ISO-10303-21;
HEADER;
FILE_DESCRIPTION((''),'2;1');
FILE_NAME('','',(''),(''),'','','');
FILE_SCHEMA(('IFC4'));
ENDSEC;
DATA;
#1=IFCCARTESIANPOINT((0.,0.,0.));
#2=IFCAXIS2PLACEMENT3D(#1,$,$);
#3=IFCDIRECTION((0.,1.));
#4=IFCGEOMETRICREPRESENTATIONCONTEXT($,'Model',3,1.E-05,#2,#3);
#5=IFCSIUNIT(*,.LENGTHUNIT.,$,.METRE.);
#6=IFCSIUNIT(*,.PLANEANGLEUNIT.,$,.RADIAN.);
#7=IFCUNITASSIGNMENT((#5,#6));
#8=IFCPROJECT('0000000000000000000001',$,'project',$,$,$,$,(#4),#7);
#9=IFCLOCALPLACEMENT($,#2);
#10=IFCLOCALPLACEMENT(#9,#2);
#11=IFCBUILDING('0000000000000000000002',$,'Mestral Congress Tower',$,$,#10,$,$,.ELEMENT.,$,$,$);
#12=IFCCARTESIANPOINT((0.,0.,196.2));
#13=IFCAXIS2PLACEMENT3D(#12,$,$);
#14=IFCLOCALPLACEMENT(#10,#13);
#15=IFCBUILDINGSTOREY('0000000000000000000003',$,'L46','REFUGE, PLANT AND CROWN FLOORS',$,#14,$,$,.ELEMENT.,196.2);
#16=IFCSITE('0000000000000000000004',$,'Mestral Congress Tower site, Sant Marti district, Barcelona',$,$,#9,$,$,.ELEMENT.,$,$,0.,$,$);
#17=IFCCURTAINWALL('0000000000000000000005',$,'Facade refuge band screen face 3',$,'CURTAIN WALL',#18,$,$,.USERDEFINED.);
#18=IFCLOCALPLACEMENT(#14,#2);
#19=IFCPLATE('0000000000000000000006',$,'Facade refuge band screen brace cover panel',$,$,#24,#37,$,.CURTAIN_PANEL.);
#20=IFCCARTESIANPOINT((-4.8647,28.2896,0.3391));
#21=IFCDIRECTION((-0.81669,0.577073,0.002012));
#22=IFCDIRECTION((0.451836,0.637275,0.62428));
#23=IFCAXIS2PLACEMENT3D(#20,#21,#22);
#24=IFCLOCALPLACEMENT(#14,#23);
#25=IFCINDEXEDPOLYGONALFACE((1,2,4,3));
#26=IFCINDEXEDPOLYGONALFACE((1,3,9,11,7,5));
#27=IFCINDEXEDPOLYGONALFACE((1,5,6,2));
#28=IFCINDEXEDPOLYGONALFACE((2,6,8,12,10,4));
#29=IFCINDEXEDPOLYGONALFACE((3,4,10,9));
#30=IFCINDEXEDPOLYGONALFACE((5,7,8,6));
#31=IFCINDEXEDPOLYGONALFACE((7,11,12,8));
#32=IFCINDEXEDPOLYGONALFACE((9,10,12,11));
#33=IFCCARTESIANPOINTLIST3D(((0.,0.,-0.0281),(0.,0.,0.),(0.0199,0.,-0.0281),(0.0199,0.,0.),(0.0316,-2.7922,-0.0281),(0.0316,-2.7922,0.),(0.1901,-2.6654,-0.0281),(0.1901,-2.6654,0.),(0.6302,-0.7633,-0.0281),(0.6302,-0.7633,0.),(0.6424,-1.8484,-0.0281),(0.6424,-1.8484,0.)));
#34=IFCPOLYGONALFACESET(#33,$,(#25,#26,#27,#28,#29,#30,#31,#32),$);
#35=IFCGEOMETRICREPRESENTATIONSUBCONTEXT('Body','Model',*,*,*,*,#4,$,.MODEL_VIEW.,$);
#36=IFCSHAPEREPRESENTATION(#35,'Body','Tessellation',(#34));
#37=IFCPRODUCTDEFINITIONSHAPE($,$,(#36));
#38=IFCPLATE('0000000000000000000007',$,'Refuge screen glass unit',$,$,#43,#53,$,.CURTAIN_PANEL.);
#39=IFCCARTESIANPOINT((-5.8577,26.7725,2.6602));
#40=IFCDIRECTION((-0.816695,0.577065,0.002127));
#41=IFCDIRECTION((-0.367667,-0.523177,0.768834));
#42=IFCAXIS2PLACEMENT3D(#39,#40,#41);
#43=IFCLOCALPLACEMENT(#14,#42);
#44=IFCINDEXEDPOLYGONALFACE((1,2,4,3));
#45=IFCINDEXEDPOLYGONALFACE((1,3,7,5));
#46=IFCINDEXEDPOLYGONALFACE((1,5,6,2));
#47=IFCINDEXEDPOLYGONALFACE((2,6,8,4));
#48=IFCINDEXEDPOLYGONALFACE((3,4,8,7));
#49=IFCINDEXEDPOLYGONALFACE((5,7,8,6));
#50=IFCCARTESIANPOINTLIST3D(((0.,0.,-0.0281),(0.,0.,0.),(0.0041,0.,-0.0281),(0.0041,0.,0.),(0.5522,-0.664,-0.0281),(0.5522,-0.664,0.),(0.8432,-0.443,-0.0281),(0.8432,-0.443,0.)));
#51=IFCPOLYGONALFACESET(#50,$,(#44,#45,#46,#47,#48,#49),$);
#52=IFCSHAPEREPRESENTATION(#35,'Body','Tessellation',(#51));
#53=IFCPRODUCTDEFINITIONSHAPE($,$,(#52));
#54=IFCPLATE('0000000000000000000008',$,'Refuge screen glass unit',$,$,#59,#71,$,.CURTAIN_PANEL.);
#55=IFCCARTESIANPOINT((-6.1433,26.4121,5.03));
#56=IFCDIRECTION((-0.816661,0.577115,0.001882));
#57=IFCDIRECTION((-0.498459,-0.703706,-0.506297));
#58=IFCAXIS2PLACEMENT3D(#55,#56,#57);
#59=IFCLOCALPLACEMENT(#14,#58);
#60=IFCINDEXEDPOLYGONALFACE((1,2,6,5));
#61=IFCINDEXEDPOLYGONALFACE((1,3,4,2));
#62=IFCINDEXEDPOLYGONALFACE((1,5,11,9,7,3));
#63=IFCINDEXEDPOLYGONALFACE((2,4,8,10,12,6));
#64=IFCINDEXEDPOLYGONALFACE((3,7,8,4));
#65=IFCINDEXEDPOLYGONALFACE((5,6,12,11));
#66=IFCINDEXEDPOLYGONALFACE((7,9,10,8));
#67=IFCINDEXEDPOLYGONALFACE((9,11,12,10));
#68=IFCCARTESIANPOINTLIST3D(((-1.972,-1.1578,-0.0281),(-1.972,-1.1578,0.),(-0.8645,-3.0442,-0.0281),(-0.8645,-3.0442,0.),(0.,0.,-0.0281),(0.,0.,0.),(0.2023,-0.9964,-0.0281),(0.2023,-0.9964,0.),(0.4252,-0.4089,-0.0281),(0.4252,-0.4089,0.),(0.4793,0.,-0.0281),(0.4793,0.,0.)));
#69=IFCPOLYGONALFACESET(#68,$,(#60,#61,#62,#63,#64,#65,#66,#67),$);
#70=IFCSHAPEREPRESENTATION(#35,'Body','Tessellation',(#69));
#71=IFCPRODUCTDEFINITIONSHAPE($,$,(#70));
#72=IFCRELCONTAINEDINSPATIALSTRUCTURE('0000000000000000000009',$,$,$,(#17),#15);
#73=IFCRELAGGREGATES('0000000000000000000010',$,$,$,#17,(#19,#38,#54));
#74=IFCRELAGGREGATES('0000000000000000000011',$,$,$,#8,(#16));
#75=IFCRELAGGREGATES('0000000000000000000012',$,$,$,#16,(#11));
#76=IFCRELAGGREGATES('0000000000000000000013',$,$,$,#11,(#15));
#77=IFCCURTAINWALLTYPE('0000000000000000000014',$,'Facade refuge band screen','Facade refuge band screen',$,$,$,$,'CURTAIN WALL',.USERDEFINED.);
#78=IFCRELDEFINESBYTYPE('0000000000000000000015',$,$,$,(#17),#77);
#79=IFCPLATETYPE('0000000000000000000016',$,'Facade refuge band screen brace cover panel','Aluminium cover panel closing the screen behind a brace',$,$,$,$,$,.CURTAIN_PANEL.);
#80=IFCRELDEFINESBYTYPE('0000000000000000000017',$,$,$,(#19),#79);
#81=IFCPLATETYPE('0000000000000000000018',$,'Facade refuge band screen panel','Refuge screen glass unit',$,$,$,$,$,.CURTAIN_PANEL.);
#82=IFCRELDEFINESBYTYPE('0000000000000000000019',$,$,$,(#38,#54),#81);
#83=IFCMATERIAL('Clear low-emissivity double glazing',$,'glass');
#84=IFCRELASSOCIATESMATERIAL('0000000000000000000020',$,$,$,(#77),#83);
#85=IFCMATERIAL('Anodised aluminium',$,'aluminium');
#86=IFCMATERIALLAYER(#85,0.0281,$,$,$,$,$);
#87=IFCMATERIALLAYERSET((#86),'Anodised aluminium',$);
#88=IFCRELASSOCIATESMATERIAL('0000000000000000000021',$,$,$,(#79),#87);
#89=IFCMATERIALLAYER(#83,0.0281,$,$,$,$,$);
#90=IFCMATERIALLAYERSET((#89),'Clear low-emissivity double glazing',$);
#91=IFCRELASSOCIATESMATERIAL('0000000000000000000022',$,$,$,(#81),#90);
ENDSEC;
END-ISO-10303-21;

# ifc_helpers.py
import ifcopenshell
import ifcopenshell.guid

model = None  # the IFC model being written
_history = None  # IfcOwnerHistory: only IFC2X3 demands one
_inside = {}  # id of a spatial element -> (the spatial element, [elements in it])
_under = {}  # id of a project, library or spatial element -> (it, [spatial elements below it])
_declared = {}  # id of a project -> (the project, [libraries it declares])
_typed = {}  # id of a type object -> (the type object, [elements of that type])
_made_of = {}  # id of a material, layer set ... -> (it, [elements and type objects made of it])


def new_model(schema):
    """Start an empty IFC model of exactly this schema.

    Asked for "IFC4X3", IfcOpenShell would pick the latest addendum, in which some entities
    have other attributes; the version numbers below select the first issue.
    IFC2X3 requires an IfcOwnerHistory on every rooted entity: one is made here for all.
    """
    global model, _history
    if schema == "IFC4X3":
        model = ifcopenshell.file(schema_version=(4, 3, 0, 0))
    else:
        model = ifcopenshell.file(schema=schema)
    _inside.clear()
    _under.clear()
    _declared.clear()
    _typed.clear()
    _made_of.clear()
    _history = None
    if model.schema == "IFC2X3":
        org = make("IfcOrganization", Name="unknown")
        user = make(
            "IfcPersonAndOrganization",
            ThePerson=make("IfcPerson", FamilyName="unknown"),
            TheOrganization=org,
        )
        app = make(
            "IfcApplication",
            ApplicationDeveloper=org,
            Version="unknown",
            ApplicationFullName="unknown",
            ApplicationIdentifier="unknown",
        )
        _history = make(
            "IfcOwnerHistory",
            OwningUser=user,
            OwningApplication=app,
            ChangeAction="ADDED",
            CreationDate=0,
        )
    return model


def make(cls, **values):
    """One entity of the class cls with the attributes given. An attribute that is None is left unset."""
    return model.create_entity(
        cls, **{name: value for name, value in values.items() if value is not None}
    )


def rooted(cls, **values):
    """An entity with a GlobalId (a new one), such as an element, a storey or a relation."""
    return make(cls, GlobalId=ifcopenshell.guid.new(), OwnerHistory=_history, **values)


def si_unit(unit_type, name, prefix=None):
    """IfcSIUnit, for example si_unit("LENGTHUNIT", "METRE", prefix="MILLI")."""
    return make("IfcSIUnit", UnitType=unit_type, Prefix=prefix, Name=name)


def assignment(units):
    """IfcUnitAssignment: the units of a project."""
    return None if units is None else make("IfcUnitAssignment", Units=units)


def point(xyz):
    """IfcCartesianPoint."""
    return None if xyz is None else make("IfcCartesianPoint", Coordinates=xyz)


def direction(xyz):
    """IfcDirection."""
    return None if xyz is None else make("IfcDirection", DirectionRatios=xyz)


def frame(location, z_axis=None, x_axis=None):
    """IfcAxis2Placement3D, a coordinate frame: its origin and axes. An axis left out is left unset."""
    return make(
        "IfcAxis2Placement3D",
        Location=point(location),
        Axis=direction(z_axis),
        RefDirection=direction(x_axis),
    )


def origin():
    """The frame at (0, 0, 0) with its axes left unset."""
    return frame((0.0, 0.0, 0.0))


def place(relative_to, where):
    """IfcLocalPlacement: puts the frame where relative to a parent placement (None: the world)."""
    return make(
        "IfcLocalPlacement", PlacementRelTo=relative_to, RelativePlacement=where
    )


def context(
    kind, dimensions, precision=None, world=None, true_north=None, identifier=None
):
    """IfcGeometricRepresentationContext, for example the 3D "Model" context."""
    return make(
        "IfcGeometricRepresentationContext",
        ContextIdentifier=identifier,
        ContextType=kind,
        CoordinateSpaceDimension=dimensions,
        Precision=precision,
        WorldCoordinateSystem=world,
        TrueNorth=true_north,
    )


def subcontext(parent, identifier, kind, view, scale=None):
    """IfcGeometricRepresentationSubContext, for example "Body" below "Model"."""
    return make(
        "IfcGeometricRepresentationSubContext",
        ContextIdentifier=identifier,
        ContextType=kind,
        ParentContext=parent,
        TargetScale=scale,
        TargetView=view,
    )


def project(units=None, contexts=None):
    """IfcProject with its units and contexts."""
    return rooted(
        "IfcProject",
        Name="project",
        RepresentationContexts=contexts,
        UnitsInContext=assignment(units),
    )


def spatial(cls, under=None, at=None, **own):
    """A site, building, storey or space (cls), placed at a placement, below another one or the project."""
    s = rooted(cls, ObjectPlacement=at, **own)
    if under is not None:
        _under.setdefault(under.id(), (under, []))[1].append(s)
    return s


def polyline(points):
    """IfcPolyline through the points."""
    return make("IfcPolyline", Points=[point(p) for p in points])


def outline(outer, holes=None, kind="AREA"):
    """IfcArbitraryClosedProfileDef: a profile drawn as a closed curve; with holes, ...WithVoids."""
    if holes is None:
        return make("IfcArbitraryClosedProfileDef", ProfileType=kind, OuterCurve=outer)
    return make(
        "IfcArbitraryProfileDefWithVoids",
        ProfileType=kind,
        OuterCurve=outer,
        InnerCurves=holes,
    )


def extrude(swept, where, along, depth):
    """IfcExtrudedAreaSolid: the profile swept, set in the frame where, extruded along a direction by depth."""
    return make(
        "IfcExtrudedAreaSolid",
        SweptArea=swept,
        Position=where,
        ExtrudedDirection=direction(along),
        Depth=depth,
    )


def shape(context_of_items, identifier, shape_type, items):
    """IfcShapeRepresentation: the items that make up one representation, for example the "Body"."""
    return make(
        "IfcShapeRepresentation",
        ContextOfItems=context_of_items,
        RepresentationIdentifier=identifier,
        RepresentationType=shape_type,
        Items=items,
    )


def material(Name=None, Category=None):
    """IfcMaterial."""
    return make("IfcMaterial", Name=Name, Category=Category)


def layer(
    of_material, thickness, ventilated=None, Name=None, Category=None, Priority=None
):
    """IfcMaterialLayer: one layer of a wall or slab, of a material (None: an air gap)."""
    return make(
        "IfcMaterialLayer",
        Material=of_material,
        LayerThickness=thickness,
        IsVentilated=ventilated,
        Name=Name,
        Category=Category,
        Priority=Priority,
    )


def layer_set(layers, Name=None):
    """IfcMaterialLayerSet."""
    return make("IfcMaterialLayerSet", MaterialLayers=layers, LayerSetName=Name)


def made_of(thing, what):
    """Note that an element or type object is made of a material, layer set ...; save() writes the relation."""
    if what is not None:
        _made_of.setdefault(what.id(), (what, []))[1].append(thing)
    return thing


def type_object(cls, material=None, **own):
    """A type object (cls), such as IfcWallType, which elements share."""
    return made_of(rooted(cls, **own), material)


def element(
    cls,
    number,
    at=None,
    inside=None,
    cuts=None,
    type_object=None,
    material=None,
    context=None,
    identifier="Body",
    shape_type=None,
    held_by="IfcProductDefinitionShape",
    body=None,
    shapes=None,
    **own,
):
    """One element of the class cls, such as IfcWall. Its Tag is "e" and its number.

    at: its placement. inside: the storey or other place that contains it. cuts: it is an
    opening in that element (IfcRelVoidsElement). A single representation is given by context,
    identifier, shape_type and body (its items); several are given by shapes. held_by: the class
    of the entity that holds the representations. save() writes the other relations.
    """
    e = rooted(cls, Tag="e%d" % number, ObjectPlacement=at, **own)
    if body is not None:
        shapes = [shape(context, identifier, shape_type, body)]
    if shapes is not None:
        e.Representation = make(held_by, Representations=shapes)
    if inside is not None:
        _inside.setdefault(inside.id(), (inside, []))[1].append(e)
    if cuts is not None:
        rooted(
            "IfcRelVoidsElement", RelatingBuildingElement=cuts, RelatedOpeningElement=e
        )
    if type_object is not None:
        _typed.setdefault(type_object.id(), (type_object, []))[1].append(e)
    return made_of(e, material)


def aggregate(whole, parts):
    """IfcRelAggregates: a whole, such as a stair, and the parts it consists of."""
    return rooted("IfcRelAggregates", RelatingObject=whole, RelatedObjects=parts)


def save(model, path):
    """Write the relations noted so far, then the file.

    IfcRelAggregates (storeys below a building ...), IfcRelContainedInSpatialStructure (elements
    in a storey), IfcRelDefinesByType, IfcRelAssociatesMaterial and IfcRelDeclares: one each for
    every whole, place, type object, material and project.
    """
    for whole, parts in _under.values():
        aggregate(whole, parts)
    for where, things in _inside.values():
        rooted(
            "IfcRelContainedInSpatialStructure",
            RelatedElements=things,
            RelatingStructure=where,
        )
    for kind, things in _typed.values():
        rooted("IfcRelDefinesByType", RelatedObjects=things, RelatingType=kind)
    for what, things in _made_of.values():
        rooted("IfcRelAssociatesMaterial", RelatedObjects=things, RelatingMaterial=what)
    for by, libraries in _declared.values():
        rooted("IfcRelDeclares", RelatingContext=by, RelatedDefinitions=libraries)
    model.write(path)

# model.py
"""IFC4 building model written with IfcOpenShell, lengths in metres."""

from ifc_helpers import new_model, si_unit, direction, frame, origin, place, context, subcontext, project, spatial, polyline, outline, extrude, material, layer, layer_set, type_object, element, aggregate, save


model = new_model("IFC4")

# Units and contexts
model_context = context("Model", 3, precision=1e-05, world=origin(), true_north=direction((0.0, 1.0)))
body_context = subcontext(model_context, "Body", "Model", "MODEL_VIEW")
ifc_project = project(units=[si_unit("LENGTHUNIT", "METRE"), si_unit("PLANEANGLEUNIT", "RADIAN")], contexts=[model_context])

# Site, building, storey
site_placement = place(None, origin())
site = spatial("IfcSite", under=ifc_project, at=site_placement, Name="Mestral Congress Tower site, Sant Marti district, Barcelona", CompositionType="ELEMENT", RefElevation=0.0)
building_placement = place(site_placement, origin())
building = spatial("IfcBuilding", under=site, at=building_placement, Name="Mestral Congress Tower", CompositionType="ELEMENT")
storey_placement = place(building_placement, frame((0.0, 0.0, 196.2)))
storey = spatial("IfcBuildingStorey", under=building, at=storey_placement, Name="L46", Description="REFUGE, PLANT AND CROWN FLOORS", CompositionType="ELEMENT", Elevation=196.2)

# Curtain wall
ifc_material_1 = material(Name="Clear low-emissivity double glazing", Category="glass")
curtain_wall_type = type_object("IfcCurtainWallType", Name="Facade refuge band screen", Description="Facade refuge band screen", ElementType="CURTAIN WALL", PredefinedType="USERDEFINED", material=ifc_material_1)
placement = place(storey_placement, origin())
curtain_wall_1 = element("IfcCurtainWall", 1, at=placement, inside=storey, type_object=curtain_wall_type, Name="Facade refuge band screen face 3", ObjectType="CURTAIN WALL", PredefinedType="USERDEFINED")
ifc_material_2 = material(Name="Anodised aluminium", Category="aluminium")

# Plates
ifc_layer_1 = layer(ifc_material_2, 0.0281)
ifc_layer_set_1 = layer_set([ifc_layer_1], Name="Anodised aluminium")
plate_type_1 = type_object("IfcPlateType", Name="Facade refuge band screen brace cover panel", Description="Aluminium cover panel closing the screen behind a brace", PredefinedType="CURTAIN_PANEL", material=ifc_layer_set_1)
plate_1_placement = place(storey_placement, frame((-4.8647, 28.2896, 0.3391), z_axis=(-0.81669, 0.577073, 0.002012), x_axis=(0.451836, 0.637275, 0.62428)))
plate_1 = element("IfcPlate", 2, at=plate_1_placement, type_object=plate_type_1, Name="Facade refuge band screen brace cover panel", PredefinedType="CURTAIN_PANEL", context=body_context, shape_type="SweptSolid", body=[
    extrude(outline(polyline([(0.0, 0.0), (0.0199, 0.0), (0.6302, -0.7633), (0.6424, -1.8484), (0.1901, -2.6654), (0.0316, -2.7922), (0.0, 0.0)])), origin(), (0.0, 0.0, -1.0), 0.0281),
])
ifc_layer_2 = layer(ifc_material_1, 0.0281)
ifc_layer_set_2 = layer_set([ifc_layer_2], Name="Clear low-emissivity double glazing")
plate_type_2 = type_object("IfcPlateType", Name="Facade refuge band screen panel", Description="Refuge screen glass unit", PredefinedType="CURTAIN_PANEL", material=ifc_layer_set_2)
plate_2_placement = place(storey_placement, frame((-5.8577, 26.7725, 2.6602), z_axis=(-0.816695, 0.577065, 0.002127), x_axis=(-0.367667, -0.523177, 0.768834)))
plate_2 = element("IfcPlate", 3, at=plate_2_placement, type_object=plate_type_2, Name="Refuge screen glass unit", PredefinedType="CURTAIN_PANEL", context=body_context, shape_type="SweptSolid", body=[
    extrude(outline(polyline([(0.0, 0.0), (0.0041, 0.0), (0.8432, -0.443), (0.5522, -0.664), (0.0, 0.0)])), origin(), (0.0, 0.0, -1.0), 0.0281),
])
plate_3_placement = place(storey_placement, frame((-6.1433, 26.4121, 5.03), z_axis=(-0.816661, 0.577115, 0.001882), x_axis=(-0.498459, -0.703706, -0.506297)))
plate_3 = element("IfcPlate", 4, at=plate_3_placement, type_object=plate_type_2, Name="Refuge screen glass unit", PredefinedType="CURTAIN_PANEL", context=body_context, shape_type="SweptSolid", body=[
    extrude(outline(polyline([(0.0, 0.0), (0.4793, 0.0), (0.4252, -0.4089), (0.2023, -0.9964), (-0.8645, -3.0442), (-1.972, -1.1578), (0.0, 0.0)])), origin(), (0.0, 0.0, -1.0), 0.0281),
])

aggregate(curtain_wall_1, [plate_1, plate_2, plate_3])

save(model, "model.ifc")
